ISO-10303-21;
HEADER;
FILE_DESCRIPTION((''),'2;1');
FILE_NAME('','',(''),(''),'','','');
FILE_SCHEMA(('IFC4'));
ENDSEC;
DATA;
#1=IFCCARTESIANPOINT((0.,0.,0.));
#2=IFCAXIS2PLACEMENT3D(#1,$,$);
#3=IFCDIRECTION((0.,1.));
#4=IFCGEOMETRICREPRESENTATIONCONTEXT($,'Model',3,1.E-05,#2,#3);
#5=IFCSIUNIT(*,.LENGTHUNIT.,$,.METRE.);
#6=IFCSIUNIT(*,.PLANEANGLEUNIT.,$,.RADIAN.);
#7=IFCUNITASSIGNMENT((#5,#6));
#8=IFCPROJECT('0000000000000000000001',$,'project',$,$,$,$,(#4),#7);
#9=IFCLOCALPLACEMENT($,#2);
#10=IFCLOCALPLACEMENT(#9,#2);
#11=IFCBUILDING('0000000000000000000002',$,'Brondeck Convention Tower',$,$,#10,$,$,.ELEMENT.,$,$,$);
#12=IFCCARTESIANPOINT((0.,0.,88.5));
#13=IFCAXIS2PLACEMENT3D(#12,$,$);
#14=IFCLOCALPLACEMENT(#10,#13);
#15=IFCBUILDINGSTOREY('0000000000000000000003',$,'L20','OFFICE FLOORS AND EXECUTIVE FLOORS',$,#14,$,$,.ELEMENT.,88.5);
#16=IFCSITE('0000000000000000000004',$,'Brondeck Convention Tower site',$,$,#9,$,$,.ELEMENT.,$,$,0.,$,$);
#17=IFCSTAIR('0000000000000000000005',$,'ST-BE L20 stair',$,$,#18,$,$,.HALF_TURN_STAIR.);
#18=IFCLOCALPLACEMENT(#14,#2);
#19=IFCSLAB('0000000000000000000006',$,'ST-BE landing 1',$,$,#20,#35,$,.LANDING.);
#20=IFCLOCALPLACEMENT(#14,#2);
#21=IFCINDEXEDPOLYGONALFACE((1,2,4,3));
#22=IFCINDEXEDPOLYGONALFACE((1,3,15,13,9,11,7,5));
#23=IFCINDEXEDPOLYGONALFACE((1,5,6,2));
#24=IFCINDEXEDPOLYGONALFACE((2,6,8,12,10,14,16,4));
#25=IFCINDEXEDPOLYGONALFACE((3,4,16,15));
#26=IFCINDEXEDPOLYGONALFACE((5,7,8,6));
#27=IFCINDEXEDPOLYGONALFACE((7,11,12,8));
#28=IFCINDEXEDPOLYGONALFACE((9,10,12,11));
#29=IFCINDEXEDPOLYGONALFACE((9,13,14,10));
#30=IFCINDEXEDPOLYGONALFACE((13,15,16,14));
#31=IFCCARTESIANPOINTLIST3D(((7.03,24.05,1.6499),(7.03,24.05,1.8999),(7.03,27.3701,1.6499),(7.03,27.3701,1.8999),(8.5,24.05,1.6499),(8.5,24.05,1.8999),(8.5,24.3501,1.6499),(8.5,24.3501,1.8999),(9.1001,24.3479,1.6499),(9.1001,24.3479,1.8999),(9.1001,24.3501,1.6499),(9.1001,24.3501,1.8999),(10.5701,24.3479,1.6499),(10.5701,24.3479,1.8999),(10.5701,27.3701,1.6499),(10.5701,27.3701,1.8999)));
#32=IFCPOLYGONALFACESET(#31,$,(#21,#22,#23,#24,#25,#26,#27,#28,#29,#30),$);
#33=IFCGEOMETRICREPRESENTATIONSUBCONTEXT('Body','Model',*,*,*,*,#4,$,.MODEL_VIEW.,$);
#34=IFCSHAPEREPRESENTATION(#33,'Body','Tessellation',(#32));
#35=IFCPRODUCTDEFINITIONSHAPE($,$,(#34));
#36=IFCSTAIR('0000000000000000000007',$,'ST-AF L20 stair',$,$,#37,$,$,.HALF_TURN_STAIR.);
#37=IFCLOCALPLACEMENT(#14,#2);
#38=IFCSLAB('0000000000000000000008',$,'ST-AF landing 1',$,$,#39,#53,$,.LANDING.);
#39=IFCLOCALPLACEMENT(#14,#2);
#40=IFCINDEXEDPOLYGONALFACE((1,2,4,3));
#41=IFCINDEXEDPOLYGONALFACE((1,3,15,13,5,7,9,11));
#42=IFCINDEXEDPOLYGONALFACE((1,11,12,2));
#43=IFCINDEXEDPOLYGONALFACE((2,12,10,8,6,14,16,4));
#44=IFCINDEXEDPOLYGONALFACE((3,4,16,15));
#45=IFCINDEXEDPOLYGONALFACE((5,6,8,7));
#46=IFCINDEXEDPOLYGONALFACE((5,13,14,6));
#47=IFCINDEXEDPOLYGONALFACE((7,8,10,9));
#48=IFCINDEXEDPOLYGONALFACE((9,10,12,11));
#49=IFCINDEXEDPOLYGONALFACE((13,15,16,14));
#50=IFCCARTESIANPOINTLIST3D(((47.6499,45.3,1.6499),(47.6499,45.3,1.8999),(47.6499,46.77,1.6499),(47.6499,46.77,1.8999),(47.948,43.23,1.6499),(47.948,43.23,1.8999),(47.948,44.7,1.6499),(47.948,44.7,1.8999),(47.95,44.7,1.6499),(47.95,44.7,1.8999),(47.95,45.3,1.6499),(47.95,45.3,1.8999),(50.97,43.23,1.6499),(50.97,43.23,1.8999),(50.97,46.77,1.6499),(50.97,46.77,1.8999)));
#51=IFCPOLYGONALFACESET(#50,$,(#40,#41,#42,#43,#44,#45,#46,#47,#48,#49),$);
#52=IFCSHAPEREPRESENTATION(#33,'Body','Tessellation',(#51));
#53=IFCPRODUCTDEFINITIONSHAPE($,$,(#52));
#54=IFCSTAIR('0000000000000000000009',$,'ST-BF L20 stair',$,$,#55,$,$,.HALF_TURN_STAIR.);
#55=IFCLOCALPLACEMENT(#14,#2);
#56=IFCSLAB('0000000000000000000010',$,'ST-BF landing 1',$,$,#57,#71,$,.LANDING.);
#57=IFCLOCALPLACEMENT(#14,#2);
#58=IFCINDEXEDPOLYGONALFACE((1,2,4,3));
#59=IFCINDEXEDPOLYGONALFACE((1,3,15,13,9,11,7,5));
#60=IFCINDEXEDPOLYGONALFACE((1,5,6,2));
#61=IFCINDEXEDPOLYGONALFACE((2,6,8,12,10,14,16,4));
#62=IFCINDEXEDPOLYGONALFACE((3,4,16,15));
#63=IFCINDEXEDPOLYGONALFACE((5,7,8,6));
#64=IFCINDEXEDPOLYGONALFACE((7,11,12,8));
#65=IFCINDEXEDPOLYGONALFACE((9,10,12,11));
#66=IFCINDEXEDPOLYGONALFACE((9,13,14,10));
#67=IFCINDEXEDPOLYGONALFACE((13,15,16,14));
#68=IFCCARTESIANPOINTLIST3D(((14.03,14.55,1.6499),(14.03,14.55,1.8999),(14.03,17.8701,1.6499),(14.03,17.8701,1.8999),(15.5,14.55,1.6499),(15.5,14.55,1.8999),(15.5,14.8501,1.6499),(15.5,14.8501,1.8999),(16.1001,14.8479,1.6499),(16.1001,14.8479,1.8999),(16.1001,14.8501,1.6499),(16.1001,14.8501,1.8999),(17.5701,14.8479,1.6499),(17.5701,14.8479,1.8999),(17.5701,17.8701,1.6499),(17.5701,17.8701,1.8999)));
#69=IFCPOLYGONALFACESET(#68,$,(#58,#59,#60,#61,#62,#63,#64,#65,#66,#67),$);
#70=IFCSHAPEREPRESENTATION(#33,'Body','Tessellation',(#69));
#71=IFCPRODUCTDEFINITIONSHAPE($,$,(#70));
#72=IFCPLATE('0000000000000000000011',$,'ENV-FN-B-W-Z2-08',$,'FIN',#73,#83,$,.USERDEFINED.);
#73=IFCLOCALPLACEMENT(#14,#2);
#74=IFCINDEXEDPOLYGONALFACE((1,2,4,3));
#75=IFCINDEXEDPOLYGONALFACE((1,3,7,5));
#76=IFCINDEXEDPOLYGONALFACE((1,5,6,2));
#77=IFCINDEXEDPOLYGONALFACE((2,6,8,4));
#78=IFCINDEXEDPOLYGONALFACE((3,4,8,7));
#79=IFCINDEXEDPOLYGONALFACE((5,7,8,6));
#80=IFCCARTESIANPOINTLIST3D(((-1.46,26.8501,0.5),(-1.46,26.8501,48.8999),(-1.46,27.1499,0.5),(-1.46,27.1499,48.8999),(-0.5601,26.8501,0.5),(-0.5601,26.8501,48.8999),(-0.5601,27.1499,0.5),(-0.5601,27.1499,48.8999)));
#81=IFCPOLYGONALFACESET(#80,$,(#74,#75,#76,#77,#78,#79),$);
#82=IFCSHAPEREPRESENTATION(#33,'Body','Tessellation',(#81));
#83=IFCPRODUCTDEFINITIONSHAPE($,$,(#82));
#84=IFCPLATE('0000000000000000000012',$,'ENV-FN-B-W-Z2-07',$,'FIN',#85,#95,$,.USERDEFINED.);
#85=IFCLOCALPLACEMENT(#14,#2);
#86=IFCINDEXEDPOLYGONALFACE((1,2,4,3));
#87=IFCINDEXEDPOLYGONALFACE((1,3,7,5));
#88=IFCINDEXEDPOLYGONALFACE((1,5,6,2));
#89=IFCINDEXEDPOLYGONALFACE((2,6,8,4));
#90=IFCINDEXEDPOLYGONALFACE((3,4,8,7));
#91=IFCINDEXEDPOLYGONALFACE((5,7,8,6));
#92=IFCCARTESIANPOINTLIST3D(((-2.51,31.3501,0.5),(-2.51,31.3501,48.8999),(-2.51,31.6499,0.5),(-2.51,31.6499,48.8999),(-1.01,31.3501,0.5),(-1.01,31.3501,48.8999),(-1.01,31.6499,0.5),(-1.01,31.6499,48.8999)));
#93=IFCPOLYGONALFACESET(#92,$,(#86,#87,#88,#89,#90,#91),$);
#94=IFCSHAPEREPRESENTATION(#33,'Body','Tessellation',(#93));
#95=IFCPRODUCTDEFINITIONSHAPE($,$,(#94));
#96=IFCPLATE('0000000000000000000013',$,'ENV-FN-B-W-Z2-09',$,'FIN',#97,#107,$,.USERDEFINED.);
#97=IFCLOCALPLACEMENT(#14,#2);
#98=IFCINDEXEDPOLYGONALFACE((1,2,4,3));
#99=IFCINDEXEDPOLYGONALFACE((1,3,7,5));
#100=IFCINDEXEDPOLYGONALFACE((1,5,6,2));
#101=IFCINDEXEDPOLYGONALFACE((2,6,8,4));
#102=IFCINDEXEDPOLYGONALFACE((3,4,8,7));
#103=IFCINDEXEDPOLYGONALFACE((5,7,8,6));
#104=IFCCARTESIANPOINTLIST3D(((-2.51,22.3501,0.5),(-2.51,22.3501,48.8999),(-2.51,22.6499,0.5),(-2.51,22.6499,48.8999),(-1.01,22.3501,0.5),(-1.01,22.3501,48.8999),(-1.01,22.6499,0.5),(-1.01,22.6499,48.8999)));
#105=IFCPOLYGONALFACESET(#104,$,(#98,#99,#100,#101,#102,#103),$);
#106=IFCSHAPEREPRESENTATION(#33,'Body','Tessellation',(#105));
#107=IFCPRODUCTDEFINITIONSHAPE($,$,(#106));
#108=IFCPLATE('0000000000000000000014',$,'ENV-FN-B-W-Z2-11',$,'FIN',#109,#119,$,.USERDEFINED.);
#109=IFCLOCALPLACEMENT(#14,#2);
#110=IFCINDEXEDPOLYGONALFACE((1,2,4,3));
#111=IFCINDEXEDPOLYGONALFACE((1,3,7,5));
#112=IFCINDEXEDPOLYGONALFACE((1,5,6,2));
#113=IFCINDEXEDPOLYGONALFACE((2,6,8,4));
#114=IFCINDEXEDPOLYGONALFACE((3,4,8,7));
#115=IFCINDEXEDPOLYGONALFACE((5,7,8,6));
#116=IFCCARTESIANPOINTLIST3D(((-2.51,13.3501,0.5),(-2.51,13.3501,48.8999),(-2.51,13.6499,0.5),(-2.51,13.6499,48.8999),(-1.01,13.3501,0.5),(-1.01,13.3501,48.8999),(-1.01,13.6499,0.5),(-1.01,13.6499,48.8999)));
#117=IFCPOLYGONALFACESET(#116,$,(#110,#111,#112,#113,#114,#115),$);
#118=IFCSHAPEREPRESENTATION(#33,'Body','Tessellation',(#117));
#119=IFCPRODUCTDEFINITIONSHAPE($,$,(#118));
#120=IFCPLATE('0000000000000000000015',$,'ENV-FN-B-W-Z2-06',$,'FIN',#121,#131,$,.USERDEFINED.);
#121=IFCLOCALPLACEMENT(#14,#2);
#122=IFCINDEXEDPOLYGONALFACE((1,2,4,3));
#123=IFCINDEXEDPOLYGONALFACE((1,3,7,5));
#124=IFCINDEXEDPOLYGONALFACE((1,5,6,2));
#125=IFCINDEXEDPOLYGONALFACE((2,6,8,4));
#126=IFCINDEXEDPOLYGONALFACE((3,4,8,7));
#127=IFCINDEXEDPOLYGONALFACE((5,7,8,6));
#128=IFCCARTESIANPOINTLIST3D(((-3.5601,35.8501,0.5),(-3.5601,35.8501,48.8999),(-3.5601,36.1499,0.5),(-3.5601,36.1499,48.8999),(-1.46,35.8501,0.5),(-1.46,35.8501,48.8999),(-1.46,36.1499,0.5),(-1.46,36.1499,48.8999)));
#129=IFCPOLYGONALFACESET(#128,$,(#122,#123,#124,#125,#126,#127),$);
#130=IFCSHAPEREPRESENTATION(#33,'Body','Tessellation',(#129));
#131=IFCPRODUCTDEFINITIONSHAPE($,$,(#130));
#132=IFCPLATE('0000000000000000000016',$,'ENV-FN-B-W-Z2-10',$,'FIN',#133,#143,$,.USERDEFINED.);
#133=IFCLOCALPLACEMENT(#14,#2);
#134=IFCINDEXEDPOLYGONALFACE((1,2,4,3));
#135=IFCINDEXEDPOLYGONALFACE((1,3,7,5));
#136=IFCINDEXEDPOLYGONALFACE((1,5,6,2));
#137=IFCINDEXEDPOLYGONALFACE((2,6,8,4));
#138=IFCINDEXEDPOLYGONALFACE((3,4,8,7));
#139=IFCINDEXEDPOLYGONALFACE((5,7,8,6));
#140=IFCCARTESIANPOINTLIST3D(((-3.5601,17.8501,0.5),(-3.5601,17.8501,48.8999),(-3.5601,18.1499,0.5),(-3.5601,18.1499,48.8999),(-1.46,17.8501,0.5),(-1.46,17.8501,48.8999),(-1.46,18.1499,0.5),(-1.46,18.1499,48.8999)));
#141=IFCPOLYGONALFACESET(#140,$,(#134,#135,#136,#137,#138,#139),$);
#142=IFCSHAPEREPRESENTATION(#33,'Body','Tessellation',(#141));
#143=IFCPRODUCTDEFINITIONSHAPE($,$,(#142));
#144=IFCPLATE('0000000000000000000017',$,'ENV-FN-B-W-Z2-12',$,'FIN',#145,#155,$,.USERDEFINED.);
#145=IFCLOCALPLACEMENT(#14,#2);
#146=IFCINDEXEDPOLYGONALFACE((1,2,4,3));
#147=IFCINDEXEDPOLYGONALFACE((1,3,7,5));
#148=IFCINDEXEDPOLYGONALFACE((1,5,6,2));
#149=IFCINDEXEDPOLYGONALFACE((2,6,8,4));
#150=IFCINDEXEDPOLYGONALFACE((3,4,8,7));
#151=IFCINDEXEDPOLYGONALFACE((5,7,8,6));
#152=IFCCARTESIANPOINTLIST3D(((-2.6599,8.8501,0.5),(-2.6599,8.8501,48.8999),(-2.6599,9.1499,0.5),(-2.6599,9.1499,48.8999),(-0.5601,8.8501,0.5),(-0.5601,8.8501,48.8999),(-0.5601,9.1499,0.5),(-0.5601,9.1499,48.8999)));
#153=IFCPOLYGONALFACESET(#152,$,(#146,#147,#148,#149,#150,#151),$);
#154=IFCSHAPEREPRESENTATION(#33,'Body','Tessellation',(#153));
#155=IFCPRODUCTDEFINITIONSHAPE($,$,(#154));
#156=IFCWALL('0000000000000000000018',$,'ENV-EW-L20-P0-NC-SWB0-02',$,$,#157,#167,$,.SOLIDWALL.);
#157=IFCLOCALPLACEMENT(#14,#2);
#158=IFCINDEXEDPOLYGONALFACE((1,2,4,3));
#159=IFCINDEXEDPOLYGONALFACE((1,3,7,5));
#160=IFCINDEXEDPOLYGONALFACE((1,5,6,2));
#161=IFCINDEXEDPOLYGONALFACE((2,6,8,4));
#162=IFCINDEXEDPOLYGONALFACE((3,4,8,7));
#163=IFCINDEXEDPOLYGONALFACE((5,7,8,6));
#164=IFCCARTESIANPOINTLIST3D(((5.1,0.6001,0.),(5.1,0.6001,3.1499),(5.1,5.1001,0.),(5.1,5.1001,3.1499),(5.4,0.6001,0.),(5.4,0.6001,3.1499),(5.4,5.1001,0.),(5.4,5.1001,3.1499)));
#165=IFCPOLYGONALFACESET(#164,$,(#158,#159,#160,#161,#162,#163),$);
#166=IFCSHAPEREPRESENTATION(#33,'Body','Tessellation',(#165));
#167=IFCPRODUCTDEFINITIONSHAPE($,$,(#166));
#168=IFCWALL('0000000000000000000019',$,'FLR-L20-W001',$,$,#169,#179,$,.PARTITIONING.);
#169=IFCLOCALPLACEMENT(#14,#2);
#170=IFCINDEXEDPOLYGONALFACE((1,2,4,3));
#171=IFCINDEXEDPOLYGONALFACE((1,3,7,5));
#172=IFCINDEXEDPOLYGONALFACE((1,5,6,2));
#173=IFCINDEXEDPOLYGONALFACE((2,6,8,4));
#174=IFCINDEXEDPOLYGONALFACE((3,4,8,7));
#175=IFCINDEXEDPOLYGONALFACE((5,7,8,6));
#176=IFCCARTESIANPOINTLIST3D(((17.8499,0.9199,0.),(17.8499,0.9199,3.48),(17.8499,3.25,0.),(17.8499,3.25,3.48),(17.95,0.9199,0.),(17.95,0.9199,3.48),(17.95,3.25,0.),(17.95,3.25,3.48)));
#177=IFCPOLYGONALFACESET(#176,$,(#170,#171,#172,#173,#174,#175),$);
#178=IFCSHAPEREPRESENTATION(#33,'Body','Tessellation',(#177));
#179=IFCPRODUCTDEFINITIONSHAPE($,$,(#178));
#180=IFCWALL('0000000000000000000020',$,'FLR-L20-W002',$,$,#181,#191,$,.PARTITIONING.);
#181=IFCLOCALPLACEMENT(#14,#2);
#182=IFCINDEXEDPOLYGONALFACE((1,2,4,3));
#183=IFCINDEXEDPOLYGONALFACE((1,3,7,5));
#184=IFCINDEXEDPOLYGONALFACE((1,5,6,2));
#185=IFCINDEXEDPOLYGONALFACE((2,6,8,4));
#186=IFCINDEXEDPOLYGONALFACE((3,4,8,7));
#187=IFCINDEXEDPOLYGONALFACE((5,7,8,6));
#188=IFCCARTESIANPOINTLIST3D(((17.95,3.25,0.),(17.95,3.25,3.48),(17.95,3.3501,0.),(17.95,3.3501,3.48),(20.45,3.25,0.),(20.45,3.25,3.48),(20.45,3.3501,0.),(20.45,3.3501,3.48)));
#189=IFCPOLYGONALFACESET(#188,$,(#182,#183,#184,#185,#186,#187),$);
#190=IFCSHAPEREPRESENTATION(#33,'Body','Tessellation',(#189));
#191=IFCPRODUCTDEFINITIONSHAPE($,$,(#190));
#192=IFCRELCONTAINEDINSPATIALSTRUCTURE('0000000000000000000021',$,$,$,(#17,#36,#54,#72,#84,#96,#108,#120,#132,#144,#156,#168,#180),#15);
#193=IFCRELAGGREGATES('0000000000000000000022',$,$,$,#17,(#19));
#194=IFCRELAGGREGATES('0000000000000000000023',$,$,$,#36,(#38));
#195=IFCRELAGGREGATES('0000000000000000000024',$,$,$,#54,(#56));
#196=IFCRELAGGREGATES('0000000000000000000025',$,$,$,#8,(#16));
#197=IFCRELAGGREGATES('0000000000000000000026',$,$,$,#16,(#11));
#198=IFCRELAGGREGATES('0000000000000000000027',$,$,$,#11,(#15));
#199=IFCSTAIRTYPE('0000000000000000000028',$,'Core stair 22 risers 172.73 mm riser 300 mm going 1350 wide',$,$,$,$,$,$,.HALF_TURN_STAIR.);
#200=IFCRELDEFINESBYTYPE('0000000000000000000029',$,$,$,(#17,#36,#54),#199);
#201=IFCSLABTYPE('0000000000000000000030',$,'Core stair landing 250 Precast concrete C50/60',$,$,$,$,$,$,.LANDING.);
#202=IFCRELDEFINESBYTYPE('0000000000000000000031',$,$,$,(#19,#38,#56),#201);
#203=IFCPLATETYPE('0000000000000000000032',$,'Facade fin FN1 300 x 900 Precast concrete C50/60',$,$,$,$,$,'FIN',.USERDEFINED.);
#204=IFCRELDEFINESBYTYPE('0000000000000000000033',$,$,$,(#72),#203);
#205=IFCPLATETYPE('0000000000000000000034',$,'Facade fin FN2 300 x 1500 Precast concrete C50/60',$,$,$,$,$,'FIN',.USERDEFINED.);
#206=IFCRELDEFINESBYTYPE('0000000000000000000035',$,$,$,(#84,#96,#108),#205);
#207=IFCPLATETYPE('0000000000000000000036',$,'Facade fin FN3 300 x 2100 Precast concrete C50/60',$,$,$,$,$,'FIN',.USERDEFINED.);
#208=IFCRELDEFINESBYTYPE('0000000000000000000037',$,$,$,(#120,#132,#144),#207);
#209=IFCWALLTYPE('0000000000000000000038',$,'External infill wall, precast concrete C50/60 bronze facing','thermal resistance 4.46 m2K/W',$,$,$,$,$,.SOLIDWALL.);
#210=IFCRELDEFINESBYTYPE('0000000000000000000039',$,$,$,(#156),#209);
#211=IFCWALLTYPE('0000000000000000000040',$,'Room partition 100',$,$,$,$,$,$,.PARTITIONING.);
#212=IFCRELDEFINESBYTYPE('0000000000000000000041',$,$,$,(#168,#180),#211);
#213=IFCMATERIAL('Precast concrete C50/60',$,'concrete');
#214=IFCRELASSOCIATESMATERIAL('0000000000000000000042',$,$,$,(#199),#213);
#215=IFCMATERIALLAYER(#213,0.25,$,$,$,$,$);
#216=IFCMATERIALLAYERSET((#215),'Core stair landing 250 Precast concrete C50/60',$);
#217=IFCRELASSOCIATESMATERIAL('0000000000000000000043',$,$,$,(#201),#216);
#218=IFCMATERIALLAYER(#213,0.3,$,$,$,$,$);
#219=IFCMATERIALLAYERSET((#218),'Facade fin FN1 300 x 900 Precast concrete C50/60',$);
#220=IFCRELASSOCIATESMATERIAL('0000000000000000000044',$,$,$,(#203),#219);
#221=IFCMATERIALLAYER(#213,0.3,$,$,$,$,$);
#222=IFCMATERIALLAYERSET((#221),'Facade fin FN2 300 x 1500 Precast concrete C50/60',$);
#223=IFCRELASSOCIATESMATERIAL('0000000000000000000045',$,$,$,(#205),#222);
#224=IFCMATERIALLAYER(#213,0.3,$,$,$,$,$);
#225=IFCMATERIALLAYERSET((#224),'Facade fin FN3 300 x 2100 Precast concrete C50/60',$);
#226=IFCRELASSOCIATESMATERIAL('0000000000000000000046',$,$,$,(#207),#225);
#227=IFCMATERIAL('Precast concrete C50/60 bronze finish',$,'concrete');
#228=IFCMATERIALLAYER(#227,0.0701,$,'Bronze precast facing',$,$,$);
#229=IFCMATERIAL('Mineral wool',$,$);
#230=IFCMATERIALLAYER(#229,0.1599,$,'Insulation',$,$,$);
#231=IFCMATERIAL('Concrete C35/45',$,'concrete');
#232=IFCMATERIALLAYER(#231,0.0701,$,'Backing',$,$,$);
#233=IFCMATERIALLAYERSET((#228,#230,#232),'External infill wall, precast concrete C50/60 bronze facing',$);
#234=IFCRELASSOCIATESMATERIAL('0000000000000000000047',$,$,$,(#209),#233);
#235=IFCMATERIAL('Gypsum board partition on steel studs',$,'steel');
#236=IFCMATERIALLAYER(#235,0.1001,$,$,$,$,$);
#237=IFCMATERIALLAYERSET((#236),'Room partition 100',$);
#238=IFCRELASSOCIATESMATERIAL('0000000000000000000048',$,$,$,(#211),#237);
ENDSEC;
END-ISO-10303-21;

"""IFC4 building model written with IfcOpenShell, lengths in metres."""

from ifc_helpers import new_model, si_unit, direction, frame, frame_2d, origin, place, context, subcontext, project, spatial, polyline, rectangle, outline, extrude, material, layer, layer_set, type_object, element, aggregate, save


model = new_model("IFC4")

# Units and contexts
model_context = context("Model", 3, precision=1e-05, world=origin(), true_north=direction((0.0, 1.0)))
body_context = subcontext(model_context, "Body", "Model", "MODEL_VIEW")
ifc_project = project(units=[si_unit("LENGTHUNIT", "METRE"), si_unit("PLANEANGLEUNIT", "RADIAN")], contexts=[model_context])

# Site, building, storey
site_placement = place(None, origin())
site = spatial("IfcSite", under=ifc_project, at=site_placement, Name="Brondeck Convention Tower site", CompositionType="ELEMENT", RefElevation=0.0)
building_placement = place(site_placement, origin())
building = spatial("IfcBuilding", under=site, at=building_placement, Name="Brondeck Convention Tower", CompositionType="ELEMENT")
storey_placement = place(building_placement, frame((0.0, 0.0, 88.5)))
storey = spatial("IfcBuildingStorey", under=building, at=storey_placement, Name="L20", Description="OFFICE FLOORS AND EXECUTIVE FLOORS", CompositionType="ELEMENT", Elevation=88.5)

# Stairs, slabs
ifc_material_1 = material(Name="Precast concrete C50/60", Category="concrete")
stair_type = type_object("IfcStairType", Name="Core stair 22 risers 172.73 mm riser 300 mm going 1350 wide", PredefinedType="HALF_TURN_STAIR", material=ifc_material_1)
ifc_layer_1 = layer(ifc_material_1, 0.25)
ifc_layer_set_1 = layer_set([ifc_layer_1], Name="Core stair landing 250 Precast concrete C50/60")
slab_type = type_object("IfcSlabType", Name="Core stair landing 250 Precast concrete C50/60", PredefinedType="LANDING", material=ifc_layer_set_1)
stair_1_placement = place(storey_placement, origin())
stair_1 = element("IfcStair", 1, at=stair_1_placement, inside=storey, type_object=stair_type, Name="ST-BE L20 stair", PredefinedType="HALF_TURN_STAIR")
slab_1_placement = place(storey_placement, frame((0.0, 0.0, 1.6499)))
slab_1 = element("IfcSlab", 2, at=slab_1_placement, type_object=slab_type, Name="ST-BE landing 1", PredefinedType="LANDING", context=body_context, shape_type="SweptSolid", body=[
    extrude(outline(polyline([(7.03, 24.05), (7.03, 27.3701), (10.5701, 27.3701), (10.5701, 24.3479), (9.1001, 24.3479), (9.1001, 24.3501), (8.5, 24.3501), (8.5, 24.05), (7.03, 24.05)])), origin(), (0.0, 0.0, 1.0), 0.25),
])
aggregate(stair_1, [slab_1])
stair_2_placement = place(storey_placement, origin())
stair_2 = element("IfcStair", 3, at=stair_2_placement, inside=storey, type_object=stair_type, Name="ST-AF L20 stair", PredefinedType="HALF_TURN_STAIR")
slab_2_placement = place(storey_placement, frame((0.0, 0.0, 1.6499)))
slab_2 = element("IfcSlab", 4, at=slab_2_placement, type_object=slab_type, Name="ST-AF landing 1", PredefinedType="LANDING", context=body_context, shape_type="SweptSolid", body=[
    extrude(outline(polyline([(47.948, 44.7), (47.95, 44.7), (47.95, 45.3), (47.6499, 45.3), (47.6499, 46.77), (50.97, 46.77), (50.97, 43.23), (47.948, 43.23), (47.948, 44.7)])), origin(), (0.0, 0.0, 1.0), 0.25),
])
aggregate(stair_2, [slab_2])
stair_3_placement = place(storey_placement, origin())
stair_3 = element("IfcStair", 5, at=stair_3_placement, inside=storey, type_object=stair_type, Name="ST-BF L20 stair", PredefinedType="HALF_TURN_STAIR")
slab_3_placement = place(storey_placement, frame((0.0, 0.0, 1.6499)))
slab_3 = element("IfcSlab", 6, at=slab_3_placement, type_object=slab_type, Name="ST-BF landing 1", PredefinedType="LANDING", context=body_context, shape_type="SweptSolid", body=[
    extrude(outline(polyline([(14.03, 14.55), (14.03, 17.8701), (17.5701, 17.8701), (17.5701, 14.8479), (16.1001, 14.8479), (16.1001, 14.8501), (15.5, 14.8501), (15.5, 14.55), (14.03, 14.55)])), origin(), (0.0, 0.0, 1.0), 0.25),
])
aggregate(stair_3, [slab_3])

# Plates
ifc_layer_2 = layer(ifc_material_1, 0.3)
ifc_layer_set_2 = layer_set([ifc_layer_2], Name="Facade fin FN1 300 x 900 Precast concrete C50/60")
plate_type_1 = type_object("IfcPlateType", Name="Facade fin FN1 300 x 900 Precast concrete C50/60", ElementType="FIN", PredefinedType="USERDEFINED", material=ifc_layer_set_2)
plate_1_placement = place(storey_placement, frame((0.0, 0.0, 0.5)))
element("IfcPlate", 7, at=plate_1_placement, inside=storey, type_object=plate_type_1, Name="ENV-FN-B-W-Z2-08", ObjectType="FIN", PredefinedType="USERDEFINED", context=body_context, shape_type="SweptSolid", body=[
    extrude(outline(polyline([(-1.46, 26.8501), (-0.5601, 26.8501), (-0.5601, 27.1499), (-1.46, 27.1499), (-1.46, 26.8501)])), origin(), (0.0, 0.0, 1.0), 48.3999),
])
ifc_layer_3 = layer(ifc_material_1, 0.3)
ifc_layer_set_3 = layer_set([ifc_layer_3], Name="Facade fin FN2 300 x 1500 Precast concrete C50/60")
plate_type_2 = type_object("IfcPlateType", Name="Facade fin FN2 300 x 1500 Precast concrete C50/60", ElementType="FIN", PredefinedType="USERDEFINED", material=ifc_layer_set_3)
plate_2_placement = place(storey_placement, frame((0.0, 0.0, 0.5)))
element("IfcPlate", 8, at=plate_2_placement, inside=storey, type_object=plate_type_2, Name="ENV-FN-B-W-Z2-07", ObjectType="FIN", PredefinedType="USERDEFINED", context=body_context, shape_type="SweptSolid", body=[
    extrude(outline(polyline([(-2.51, 31.3501), (-1.01, 31.3501), (-1.01, 31.6499), (-2.51, 31.6499), (-2.51, 31.3501)])), origin(), (0.0, 0.0, 1.0), 48.3999),
])
plate_3_placement = place(storey_placement, frame((0.0, 0.0, 0.5)))
element("IfcPlate", 9, at=plate_3_placement, inside=storey, type_object=plate_type_2, Name="ENV-FN-B-W-Z2-09", ObjectType="FIN", PredefinedType="USERDEFINED", context=body_context, shape_type="SweptSolid", body=[
    extrude(outline(polyline([(-2.51, 22.3501), (-1.01, 22.3501), (-1.01, 22.6499), (-2.51, 22.6499), (-2.51, 22.3501)])), origin(), (0.0, 0.0, 1.0), 48.3999),
])
plate_4_placement = place(storey_placement, frame((0.0, 0.0, 0.5)))
element("IfcPlate", 10, at=plate_4_placement, inside=storey, type_object=plate_type_2, Name="ENV-FN-B-W-Z2-11", ObjectType="FIN", PredefinedType="USERDEFINED", context=body_context, shape_type="SweptSolid", body=[
    extrude(outline(polyline([(-2.51, 13.3501), (-1.01, 13.3501), (-1.01, 13.6499), (-2.51, 13.6499), (-2.51, 13.3501)])), origin(), (0.0, 0.0, 1.0), 48.3999),
])
ifc_layer_4 = layer(ifc_material_1, 0.3)
ifc_layer_set_4 = layer_set([ifc_layer_4], Name="Facade fin FN3 300 x 2100 Precast concrete C50/60")
plate_type_3 = type_object("IfcPlateType", Name="Facade fin FN3 300 x 2100 Precast concrete C50/60", ElementType="FIN", PredefinedType="USERDEFINED", material=ifc_layer_set_4)
plate_5_placement = place(storey_placement, frame((0.0, 0.0, 0.5)))
element("IfcPlate", 11, at=plate_5_placement, inside=storey, type_object=plate_type_3, Name="ENV-FN-B-W-Z2-06", ObjectType="FIN", PredefinedType="USERDEFINED", context=body_context, shape_type="SweptSolid", body=[
    extrude(outline(polyline([(-3.5601, 35.8501), (-1.46, 35.8501), (-1.46, 36.1499), (-3.5601, 36.1499), (-3.5601, 35.8501)])), origin(), (0.0, 0.0, 1.0), 48.3999),
])
plate_6_placement = place(storey_placement, frame((0.0, 0.0, 0.5)))
element("IfcPlate", 12, at=plate_6_placement, inside=storey, type_object=plate_type_3, Name="ENV-FN-B-W-Z2-10", ObjectType="FIN", PredefinedType="USERDEFINED", context=body_context, shape_type="SweptSolid", body=[
    extrude(outline(polyline([(-3.5601, 17.8501), (-1.46, 17.8501), (-1.46, 18.1499), (-3.5601, 18.1499), (-3.5601, 17.8501)])), origin(), (0.0, 0.0, 1.0), 48.3999),
])
plate_7_placement = place(storey_placement, frame((0.0, 0.0, 0.5)))
element("IfcPlate", 13, at=plate_7_placement, inside=storey, type_object=plate_type_3, Name="ENV-FN-B-W-Z2-12", ObjectType="FIN", PredefinedType="USERDEFINED", context=body_context, shape_type="SweptSolid", body=[
    extrude(outline(polyline([(-2.6599, 8.8501), (-0.5601, 8.8501), (-0.5601, 9.1499), (-2.6599, 9.1499), (-2.6599, 8.8501)])), origin(), (0.0, 0.0, 1.0), 48.3999),
])

# Walls
ifc_material_2 = material(Name="Precast concrete C50/60 bronze finish", Category="concrete")
ifc_layer_5 = layer(ifc_material_2, 0.0701, Name="Bronze precast facing")
ifc_material_3 = material(Name="Mineral wool")
ifc_layer_6 = layer(ifc_material_3, 0.1599, Name="Insulation")
ifc_material_4 = material(Name="Concrete C35/45", Category="concrete")
ifc_layer_7 = layer(ifc_material_4, 0.0701, Name="Backing")
ifc_layer_set_5 = layer_set([ifc_layer_5, ifc_layer_6, ifc_layer_7], Name="External infill wall, precast concrete C50/60 bronze facing")
wall_type_1 = type_object("IfcWallType", Name="External infill wall, precast concrete C50/60 bronze facing", Description="thermal resistance 4.46 m2K/W", PredefinedType="SOLIDWALL", material=ifc_layer_set_5)
wall_1_placement = place(storey_placement, frame((5.25, 0.6001, 0.0), z_axis=(0.0, 0.0, 1.0), x_axis=(0.0, 1.0, 0.0)))
element("IfcWall", 14, at=wall_1_placement, inside=storey, type_object=wall_type_1, Name="ENV-EW-L20-P0-NC-SWB0-02", PredefinedType="SOLIDWALL", context=body_context, shape_type="SweptSolid", body=[
    extrude(rectangle(XDim=4.5, YDim=0.3, at=frame_2d((2.25, 0.0))), origin(), (0.0, 0.0, 1.0), 3.1499),
])
ifc_material_5 = material(Name="Gypsum board partition on steel studs", Category="steel")
ifc_layer_8 = layer(ifc_material_5, 0.1001)
ifc_layer_set_6 = layer_set([ifc_layer_8], Name="Room partition 100")
wall_type_2 = type_object("IfcWallType", Name="Room partition 100", PredefinedType="PARTITIONING", material=ifc_layer_set_6)
wall_2_placement = place(storey_placement, frame((17.8999, 0.9199, 0.0), z_axis=(0.0, 0.0, 1.0), x_axis=(0.0, 1.0, 0.0)))
element("IfcWall", 15, at=wall_2_placement, inside=storey, type_object=wall_type_2, Name="FLR-L20-W001", PredefinedType="PARTITIONING", context=body_context, shape_type="SweptSolid", body=[
    extrude(rectangle(XDim=2.3301, YDim=0.1001, at=frame_2d((1.165, 0.0))), origin(), (0.0, 0.0, 1.0), 3.48),
])
wall_3_placement = place(storey_placement, frame((20.45, 3.3, 0.0), z_axis=(0.0, 0.0, 1.0), x_axis=(-1.0, 0.0, 0.0)))
element("IfcWall", 16, at=wall_3_placement, inside=storey, type_object=wall_type_2, Name="FLR-L20-W002", PredefinedType="PARTITIONING", context=body_context, shape_type="SweptSolid", body=[
    extrude(rectangle(XDim=2.5, YDim=0.1001, at=frame_2d((1.25, 0.0))), origin(), (0.0, 0.0, 1.0), 3.48),
])

save(model, "model.ifc")
